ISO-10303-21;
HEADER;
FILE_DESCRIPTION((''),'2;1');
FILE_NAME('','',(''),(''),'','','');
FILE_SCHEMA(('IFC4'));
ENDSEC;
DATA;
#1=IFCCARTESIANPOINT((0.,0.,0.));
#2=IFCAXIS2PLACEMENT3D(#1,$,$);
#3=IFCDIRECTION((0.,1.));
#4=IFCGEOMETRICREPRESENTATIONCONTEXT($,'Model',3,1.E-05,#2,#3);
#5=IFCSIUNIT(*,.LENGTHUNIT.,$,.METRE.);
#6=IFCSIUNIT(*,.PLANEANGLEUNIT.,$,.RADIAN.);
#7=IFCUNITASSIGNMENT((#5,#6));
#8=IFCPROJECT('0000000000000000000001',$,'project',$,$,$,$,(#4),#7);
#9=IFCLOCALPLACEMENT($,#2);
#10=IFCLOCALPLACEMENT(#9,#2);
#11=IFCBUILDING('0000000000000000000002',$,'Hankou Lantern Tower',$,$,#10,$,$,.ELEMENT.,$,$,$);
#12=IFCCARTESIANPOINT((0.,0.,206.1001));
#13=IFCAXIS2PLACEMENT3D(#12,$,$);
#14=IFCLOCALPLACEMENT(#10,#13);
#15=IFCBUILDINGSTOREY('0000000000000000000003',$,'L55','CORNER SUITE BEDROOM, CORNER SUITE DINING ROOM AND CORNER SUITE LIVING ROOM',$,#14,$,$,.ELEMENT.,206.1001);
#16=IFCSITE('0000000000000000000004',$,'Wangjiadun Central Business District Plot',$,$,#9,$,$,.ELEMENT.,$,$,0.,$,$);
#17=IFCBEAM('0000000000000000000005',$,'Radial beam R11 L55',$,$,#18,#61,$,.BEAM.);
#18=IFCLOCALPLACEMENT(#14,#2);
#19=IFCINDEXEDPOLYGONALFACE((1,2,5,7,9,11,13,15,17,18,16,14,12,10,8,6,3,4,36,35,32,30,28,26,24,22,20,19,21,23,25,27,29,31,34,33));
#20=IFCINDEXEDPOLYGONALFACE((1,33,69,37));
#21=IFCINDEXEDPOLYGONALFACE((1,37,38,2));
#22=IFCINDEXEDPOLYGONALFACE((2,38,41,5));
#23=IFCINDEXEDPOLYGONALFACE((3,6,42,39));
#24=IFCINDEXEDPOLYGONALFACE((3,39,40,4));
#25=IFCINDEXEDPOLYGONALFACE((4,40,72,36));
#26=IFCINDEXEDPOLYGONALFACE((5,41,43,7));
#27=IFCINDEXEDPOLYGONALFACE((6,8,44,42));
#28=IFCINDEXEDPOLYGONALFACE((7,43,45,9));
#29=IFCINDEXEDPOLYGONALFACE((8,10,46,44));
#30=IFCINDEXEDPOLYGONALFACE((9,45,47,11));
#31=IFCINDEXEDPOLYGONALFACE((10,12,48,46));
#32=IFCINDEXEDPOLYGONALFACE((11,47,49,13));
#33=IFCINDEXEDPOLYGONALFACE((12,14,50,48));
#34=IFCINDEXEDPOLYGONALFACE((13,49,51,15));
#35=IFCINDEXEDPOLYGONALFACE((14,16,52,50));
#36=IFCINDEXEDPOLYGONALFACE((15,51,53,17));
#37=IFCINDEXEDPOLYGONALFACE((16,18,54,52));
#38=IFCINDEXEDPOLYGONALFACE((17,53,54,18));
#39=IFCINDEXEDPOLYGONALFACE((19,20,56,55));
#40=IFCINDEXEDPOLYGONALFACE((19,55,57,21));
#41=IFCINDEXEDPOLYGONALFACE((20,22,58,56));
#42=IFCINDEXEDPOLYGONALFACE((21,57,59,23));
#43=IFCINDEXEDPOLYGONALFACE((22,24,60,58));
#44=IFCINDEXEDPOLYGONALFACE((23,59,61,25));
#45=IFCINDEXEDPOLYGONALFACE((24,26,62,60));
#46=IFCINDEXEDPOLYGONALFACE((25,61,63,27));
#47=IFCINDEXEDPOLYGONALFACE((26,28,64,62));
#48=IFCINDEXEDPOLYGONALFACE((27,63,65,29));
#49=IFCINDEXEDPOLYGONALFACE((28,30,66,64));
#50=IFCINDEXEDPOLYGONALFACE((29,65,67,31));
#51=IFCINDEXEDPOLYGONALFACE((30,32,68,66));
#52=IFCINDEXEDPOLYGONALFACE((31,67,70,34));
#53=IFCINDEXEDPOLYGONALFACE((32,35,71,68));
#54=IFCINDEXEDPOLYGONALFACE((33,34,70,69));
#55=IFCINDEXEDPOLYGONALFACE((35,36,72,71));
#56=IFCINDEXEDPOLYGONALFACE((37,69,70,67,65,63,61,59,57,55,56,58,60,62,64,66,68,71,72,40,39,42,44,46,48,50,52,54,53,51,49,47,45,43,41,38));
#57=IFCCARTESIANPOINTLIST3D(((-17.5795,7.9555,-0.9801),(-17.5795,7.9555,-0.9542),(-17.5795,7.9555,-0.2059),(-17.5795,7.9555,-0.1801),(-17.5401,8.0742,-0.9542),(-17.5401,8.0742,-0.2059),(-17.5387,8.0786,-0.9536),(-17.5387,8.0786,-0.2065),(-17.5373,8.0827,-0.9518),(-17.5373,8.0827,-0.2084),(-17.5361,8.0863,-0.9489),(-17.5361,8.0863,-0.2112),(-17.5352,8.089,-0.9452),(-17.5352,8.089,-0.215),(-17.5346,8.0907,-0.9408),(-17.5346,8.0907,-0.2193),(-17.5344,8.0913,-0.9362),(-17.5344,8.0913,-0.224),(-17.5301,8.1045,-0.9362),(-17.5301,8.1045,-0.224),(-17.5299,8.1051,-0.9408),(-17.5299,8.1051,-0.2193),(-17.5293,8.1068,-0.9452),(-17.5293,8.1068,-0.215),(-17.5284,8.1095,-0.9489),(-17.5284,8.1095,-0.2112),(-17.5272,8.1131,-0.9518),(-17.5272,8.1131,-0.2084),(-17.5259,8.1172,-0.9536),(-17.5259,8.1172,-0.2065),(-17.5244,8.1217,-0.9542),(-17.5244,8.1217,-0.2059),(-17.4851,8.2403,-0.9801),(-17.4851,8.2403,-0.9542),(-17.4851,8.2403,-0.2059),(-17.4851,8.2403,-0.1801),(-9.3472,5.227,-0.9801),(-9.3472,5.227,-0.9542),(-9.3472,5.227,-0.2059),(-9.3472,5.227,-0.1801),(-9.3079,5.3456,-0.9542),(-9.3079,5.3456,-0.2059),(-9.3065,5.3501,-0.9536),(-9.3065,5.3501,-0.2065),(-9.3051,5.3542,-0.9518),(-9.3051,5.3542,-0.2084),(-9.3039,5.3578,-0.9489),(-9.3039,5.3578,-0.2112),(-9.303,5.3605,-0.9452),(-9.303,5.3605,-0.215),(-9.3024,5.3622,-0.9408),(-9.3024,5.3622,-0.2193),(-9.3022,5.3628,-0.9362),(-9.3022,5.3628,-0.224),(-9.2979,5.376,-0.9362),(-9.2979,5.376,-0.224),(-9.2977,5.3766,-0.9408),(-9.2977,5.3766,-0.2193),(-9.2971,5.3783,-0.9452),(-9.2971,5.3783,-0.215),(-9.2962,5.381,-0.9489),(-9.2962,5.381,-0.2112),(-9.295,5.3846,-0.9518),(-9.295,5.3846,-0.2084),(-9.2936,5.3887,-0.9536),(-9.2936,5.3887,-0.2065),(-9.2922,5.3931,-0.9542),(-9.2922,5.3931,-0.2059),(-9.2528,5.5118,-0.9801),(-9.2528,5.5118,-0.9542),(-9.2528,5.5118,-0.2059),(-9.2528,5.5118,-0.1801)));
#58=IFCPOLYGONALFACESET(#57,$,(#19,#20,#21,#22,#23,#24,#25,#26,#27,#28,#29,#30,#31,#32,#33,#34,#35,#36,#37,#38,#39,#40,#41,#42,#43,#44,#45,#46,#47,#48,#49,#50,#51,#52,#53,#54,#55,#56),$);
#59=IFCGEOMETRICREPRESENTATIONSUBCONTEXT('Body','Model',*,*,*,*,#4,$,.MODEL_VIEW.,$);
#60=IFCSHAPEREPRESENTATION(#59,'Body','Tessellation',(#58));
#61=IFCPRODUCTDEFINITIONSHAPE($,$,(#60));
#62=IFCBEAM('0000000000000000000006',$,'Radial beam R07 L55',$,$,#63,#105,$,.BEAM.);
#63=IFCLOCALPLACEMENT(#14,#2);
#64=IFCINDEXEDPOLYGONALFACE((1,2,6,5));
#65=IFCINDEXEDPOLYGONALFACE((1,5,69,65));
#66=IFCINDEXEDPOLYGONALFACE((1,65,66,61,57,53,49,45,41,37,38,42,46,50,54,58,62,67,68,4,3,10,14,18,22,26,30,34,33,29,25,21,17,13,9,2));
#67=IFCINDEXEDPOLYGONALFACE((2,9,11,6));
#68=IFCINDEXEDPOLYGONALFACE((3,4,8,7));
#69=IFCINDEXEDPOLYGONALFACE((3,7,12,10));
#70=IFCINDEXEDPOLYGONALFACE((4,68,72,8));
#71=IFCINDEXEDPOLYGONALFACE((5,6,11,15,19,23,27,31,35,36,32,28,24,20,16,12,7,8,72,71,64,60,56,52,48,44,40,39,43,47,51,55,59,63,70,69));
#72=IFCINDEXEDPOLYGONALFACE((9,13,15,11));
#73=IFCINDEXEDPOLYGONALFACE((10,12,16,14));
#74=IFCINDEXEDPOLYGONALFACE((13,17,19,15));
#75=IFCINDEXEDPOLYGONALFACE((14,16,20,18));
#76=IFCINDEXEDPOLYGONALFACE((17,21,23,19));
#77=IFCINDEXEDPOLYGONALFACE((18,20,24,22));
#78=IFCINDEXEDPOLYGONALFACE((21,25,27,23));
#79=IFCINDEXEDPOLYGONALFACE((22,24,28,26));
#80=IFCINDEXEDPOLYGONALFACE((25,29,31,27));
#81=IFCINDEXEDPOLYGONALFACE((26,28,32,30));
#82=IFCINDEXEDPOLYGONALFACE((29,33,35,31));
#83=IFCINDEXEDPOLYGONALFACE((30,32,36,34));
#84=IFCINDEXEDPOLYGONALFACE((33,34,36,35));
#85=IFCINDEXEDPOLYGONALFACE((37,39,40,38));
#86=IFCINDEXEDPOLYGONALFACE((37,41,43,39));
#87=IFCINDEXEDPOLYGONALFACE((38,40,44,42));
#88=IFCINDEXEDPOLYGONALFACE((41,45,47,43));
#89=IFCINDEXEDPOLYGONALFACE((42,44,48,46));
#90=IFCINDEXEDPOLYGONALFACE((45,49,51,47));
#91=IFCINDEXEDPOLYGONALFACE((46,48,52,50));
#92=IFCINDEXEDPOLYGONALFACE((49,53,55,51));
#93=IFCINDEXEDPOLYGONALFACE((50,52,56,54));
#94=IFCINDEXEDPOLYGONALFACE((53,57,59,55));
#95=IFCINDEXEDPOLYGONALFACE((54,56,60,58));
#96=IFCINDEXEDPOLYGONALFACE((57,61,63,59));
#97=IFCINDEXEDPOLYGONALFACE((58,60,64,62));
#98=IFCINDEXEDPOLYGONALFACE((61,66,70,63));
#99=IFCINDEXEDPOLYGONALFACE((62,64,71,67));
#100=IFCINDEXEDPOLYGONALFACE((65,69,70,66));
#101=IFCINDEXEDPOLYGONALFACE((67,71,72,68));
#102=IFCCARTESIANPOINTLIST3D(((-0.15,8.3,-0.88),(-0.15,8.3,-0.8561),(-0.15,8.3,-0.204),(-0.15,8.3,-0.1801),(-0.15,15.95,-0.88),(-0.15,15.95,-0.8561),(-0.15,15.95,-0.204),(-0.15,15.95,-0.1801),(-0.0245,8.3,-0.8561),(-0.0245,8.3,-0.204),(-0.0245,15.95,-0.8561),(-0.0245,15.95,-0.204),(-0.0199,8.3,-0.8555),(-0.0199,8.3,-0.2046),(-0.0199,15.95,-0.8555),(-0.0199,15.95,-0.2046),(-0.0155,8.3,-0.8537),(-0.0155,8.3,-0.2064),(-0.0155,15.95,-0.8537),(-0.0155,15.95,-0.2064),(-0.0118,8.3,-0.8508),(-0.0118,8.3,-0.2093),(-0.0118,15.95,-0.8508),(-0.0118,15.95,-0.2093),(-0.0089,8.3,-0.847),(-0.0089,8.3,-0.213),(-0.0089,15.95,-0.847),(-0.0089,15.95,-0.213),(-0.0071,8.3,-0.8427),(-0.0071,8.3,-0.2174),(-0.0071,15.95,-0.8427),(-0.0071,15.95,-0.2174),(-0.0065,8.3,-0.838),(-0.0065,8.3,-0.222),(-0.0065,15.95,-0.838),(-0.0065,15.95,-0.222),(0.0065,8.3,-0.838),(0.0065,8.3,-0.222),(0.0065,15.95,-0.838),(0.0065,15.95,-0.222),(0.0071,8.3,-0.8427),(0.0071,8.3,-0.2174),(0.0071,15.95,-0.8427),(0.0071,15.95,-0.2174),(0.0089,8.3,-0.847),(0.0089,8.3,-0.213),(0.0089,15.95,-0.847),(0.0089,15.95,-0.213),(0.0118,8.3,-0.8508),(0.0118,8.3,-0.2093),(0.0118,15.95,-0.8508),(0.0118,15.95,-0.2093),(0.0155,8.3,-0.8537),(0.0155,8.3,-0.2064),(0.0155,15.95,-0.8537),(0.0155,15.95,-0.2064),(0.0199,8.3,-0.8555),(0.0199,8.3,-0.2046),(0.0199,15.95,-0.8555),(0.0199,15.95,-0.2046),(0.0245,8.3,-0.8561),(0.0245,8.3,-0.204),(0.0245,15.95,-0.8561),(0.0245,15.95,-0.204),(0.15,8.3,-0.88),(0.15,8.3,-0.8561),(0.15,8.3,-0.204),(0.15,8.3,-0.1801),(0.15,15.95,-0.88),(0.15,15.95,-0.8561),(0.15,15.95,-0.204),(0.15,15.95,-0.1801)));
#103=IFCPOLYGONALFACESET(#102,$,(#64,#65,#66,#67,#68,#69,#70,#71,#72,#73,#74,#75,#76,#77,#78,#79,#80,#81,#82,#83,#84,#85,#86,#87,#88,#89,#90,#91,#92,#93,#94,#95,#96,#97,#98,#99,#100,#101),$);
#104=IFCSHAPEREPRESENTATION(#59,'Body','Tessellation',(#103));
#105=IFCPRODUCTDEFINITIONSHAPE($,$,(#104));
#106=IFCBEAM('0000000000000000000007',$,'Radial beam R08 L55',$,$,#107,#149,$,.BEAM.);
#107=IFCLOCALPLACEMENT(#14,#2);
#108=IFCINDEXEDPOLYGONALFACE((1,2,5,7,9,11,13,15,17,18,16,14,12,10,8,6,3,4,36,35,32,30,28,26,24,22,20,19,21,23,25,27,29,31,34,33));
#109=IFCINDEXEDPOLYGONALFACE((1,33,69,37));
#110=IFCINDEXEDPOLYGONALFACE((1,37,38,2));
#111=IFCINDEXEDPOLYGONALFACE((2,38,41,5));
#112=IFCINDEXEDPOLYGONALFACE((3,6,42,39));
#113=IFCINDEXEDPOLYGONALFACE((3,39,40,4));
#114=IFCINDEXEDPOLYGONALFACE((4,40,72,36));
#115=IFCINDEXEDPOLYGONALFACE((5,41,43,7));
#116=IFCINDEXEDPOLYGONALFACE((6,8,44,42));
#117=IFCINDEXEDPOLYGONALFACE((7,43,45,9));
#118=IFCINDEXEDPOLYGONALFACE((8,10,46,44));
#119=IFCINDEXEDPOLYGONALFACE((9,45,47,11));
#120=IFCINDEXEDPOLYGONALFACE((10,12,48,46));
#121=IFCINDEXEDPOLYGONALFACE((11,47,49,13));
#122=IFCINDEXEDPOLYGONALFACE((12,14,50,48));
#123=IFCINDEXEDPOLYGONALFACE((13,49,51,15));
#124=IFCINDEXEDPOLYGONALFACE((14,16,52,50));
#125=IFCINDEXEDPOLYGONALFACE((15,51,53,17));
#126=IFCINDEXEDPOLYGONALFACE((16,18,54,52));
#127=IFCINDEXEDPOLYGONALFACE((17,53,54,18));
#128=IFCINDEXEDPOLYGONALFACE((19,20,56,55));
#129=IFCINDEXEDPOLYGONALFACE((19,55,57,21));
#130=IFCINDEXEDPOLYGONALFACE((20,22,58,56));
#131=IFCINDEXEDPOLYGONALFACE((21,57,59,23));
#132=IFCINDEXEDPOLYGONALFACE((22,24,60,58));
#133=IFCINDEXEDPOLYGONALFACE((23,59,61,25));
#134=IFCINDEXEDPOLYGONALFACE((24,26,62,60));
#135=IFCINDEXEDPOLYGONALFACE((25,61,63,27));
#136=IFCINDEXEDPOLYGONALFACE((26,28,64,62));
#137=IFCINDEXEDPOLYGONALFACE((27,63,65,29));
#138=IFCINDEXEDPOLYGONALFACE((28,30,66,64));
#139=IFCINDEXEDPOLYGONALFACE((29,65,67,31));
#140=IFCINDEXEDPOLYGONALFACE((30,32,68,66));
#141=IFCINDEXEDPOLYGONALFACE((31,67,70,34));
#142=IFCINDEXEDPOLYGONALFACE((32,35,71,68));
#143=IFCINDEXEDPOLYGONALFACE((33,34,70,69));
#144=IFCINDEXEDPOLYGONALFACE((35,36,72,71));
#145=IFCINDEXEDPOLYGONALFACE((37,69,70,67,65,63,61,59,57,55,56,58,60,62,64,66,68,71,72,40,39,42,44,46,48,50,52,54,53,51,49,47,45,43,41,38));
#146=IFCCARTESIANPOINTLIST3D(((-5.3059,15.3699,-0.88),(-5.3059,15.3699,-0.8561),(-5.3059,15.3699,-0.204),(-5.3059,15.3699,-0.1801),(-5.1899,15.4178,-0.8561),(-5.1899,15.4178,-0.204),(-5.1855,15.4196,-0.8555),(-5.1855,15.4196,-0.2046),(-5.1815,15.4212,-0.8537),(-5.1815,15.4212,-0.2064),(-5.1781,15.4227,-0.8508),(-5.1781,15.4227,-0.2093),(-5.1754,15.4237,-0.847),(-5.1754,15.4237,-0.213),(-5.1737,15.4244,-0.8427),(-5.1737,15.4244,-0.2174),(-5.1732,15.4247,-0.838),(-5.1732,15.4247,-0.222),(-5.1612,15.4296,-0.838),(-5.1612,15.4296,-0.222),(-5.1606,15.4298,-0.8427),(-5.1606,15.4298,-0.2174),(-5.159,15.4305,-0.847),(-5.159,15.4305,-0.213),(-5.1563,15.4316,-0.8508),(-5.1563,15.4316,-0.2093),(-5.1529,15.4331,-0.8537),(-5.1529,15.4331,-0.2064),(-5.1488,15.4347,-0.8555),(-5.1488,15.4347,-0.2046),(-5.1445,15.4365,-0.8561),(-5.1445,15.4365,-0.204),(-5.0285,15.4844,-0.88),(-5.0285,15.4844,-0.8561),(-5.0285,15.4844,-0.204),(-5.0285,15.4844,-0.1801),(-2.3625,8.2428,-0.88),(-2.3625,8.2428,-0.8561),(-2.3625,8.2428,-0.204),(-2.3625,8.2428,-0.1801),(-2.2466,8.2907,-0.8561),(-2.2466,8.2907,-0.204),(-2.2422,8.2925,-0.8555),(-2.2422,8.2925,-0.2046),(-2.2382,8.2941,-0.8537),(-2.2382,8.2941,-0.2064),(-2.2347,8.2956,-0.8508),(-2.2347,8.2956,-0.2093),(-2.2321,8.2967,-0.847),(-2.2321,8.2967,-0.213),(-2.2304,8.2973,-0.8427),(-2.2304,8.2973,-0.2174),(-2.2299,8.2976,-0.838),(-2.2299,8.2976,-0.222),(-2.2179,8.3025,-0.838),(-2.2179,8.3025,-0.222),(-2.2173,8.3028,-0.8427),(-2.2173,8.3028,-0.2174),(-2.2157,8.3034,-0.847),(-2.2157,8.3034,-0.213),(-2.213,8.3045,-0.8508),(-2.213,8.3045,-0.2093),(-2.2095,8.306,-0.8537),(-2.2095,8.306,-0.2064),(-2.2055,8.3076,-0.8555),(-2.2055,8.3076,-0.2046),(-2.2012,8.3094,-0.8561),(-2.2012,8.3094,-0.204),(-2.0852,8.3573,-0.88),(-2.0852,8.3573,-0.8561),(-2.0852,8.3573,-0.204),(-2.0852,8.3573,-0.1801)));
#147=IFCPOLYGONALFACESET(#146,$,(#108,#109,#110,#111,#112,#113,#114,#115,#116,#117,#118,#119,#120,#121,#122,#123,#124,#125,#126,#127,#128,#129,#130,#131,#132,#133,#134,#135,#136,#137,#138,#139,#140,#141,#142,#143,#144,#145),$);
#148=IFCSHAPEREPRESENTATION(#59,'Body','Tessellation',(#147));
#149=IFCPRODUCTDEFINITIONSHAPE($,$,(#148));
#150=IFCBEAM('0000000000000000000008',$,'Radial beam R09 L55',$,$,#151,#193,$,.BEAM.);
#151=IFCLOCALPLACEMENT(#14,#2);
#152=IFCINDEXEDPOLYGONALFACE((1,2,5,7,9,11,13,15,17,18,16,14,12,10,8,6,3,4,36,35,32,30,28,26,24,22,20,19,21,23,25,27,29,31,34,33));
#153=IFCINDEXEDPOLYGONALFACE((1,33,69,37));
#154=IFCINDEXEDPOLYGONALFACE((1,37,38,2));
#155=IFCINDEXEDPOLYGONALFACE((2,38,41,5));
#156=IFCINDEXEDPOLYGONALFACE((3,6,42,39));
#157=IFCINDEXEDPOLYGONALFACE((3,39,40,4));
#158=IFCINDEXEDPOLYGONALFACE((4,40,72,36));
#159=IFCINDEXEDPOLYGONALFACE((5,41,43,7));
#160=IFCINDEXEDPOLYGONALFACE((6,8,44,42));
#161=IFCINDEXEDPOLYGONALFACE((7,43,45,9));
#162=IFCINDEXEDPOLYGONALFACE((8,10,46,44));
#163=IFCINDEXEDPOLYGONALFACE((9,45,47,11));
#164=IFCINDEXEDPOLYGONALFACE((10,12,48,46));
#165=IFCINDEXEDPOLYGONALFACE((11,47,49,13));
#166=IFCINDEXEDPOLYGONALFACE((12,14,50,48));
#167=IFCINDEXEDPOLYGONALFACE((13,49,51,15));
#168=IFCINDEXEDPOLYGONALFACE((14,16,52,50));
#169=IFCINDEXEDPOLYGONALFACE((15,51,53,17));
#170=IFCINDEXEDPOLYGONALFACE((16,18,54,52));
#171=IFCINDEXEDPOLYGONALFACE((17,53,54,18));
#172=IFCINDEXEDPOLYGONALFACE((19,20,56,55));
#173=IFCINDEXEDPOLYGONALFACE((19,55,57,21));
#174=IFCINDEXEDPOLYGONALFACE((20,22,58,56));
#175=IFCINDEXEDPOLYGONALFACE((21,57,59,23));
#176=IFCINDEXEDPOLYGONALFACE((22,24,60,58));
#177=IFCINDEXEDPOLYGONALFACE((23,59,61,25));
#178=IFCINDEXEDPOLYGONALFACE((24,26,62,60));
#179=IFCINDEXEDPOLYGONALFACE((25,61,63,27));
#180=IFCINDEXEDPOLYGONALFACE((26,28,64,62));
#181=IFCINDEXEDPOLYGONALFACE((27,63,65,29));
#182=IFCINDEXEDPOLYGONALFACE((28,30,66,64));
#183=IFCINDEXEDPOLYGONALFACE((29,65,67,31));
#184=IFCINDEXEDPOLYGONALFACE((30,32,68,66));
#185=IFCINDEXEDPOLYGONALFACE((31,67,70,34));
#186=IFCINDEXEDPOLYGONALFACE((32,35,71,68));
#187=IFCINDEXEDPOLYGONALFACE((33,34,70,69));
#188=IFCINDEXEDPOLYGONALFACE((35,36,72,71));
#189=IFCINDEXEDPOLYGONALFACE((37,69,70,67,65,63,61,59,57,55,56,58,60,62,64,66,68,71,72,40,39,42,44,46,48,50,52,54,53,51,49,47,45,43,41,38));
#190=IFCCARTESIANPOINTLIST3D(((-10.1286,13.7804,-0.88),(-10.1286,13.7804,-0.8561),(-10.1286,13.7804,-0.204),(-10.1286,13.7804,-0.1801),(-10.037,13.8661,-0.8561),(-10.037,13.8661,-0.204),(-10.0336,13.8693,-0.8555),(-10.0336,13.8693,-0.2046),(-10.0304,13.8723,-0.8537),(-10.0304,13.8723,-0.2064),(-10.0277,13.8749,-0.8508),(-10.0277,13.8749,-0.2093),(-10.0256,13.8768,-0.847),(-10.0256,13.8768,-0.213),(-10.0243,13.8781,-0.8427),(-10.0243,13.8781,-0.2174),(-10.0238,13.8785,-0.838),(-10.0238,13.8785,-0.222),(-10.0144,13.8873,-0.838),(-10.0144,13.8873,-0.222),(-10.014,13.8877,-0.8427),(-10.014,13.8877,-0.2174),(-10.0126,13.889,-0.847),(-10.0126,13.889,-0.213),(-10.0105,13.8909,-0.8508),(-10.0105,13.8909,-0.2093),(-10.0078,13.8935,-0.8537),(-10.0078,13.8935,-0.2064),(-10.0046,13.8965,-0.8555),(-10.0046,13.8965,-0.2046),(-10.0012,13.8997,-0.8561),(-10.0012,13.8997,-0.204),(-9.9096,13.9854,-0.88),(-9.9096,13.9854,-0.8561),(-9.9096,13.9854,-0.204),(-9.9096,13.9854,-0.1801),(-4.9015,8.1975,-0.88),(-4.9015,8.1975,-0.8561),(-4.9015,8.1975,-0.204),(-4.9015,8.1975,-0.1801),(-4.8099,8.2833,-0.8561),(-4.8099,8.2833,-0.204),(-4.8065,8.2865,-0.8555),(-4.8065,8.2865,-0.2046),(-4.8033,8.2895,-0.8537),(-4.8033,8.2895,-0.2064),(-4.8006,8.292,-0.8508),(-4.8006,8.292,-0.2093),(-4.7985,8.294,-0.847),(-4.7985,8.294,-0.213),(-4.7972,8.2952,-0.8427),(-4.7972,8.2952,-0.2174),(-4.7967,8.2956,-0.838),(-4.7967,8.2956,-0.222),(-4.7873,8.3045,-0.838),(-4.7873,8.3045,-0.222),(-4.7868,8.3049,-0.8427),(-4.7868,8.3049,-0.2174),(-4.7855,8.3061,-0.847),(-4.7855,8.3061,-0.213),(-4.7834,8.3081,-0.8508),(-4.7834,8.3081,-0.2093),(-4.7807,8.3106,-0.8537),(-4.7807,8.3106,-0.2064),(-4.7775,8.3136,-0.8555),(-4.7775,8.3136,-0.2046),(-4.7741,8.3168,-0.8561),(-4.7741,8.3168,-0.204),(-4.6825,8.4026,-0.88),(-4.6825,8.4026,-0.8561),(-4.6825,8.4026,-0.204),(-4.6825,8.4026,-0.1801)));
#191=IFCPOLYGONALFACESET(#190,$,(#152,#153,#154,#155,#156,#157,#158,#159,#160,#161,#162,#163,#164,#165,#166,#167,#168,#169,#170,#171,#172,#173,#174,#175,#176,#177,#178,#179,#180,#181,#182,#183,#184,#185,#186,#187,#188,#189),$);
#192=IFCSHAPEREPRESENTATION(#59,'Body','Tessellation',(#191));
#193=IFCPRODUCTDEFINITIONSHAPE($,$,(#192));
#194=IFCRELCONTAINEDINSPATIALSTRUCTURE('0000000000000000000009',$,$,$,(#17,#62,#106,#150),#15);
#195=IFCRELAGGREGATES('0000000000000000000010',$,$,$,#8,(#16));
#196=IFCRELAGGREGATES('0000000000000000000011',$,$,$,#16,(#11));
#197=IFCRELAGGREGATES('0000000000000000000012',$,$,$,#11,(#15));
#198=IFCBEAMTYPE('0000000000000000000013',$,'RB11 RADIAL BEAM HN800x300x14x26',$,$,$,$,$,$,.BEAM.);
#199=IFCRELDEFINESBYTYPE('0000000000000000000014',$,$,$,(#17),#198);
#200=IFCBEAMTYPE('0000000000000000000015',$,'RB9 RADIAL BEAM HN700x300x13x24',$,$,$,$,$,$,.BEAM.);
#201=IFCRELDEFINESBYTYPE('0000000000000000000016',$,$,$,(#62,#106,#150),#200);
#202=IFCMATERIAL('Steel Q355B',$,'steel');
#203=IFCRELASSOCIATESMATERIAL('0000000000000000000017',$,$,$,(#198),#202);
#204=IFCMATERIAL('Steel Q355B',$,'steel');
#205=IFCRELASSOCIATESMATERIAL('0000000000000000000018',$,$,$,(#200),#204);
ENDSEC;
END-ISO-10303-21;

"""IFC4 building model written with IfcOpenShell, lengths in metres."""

from ifc_helpers import new_model, si_unit, direction, frame, origin, origin_2d, place, context, subcontext, project, spatial, i_section, extrude, material, material_profile, profile_set, type_object, element, save


model = new_model("IFC4")

# Units and contexts
model_context = context("Model", 3, precision=1e-05, world=origin(), true_north=direction((0.0, 1.0)))
body_context = subcontext(model_context, "Body", "Model", "MODEL_VIEW")
ifc_project = project(units=[si_unit("LENGTHUNIT", "METRE"), si_unit("PLANEANGLEUNIT", "RADIAN")], contexts=[model_context])

# Site, building, storey
site_placement = place(None, origin())
site = spatial("IfcSite", under=ifc_project, at=site_placement, Name="Wangjiadun Central Business District Plot", CompositionType="ELEMENT", RefElevation=0.0)
building_placement = place(site_placement, origin())
building = spatial("IfcBuilding", under=site, at=building_placement, Name="Hankou Lantern Tower", CompositionType="ELEMENT")
storey_placement = place(building_placement, frame((0.0, 0.0, 206.1001)))
storey = spatial("IfcBuildingStorey", under=building, at=storey_placement, Name="L55", Description="CORNER SUITE BEDROOM, CORNER SUITE DINING ROOM AND CORNER SUITE LIVING ROOM", CompositionType="ELEMENT", Elevation=206.1001)

# Beams
ifc_material_1 = material(Name="Steel Q355B", Category="steel")
ifc_material_profile_1 = material_profile(ifc_material_1, i_section(OverallWidth=0.3, OverallDepth=0.8, WebThickness=0.0139, FlangeThickness=0.0259, FilletRadius=0.0181, at=origin_2d()), Name="HN800x300x14x26")
ifc_profile_set_1 = profile_set([ifc_material_profile_1], Name="Steel Q355B")
beam_type_1 = type_object("IfcBeamType", Name="RB11 RADIAL BEAM HN800x300x14x26", PredefinedType="BEAM", material=ifc_profile_set_1)
beam_1_placement = place(storey_placement, frame((-9.3, 5.3694, -0.5801), z_axis=(-0.94922, 0.314614, 0.0), x_axis=(-0.314614, -0.94922, 0.0)))
element("IfcBeam", 1, at=beam_1_placement, inside=storey, type_object=beam_type_1, Name="Radial beam R11 L55", PredefinedType="BEAM", context=body_context, shape_type="SweptSolid", body=[
    extrude(i_section(OverallWidth=0.3, OverallDepth=0.8, WebThickness=0.0139, FlangeThickness=0.0259, FilletRadius=0.0181, at=origin_2d()), origin(), (0.0, 0.0, 1.0), 8.6726),
])
ifc_material_2 = material(Name="Steel Q355B", Category="steel")
ifc_material_profile_2 = material_profile(ifc_material_2, i_section(OverallWidth=0.3, OverallDepth=0.7, WebThickness=0.0129, FlangeThickness=0.0239, FilletRadius=0.0181, at=origin_2d()), Name="HN700x300x13x24")
ifc_profile_set_2 = profile_set([ifc_material_profile_2], Name="Steel Q355B")
beam_type_2 = type_object("IfcBeamType", Name="RB9 RADIAL BEAM HN700x300x13x24", PredefinedType="BEAM", material=ifc_profile_set_2)
beam_2_placement = place(storey_placement, frame((0.0, 8.3, -0.53), z_axis=(0.0, 1.0, 0.0), x_axis=(-1.0, 0.0, 0.0)))
element("IfcBeam", 2, at=beam_2_placement, inside=storey, type_object=beam_type_2, Name="Radial beam R07 L55", PredefinedType="BEAM", context=body_context, shape_type="SweptSolid", body=[
    extrude(i_section(OverallWidth=0.3, OverallDepth=0.7, WebThickness=0.0129, FlangeThickness=0.0239, FilletRadius=0.0181, at=origin_2d()), origin(), (0.0, 0.0, 1.0), 7.6499),
])
beam_3_placement = place(storey_placement, frame((-2.2239, 8.3, -0.53), z_axis=(-0.381707, 0.924284, 0.0), x_axis=(-0.924284, -0.381707, 0.0)))
element("IfcBeam", 3, at=beam_3_placement, inside=storey, type_object=beam_type_2, Name="Radial beam R08 L55", PredefinedType="BEAM", context=body_context, shape_type="SweptSolid", body=[
    extrude(i_section(OverallWidth=0.3, OverallDepth=0.7, WebThickness=0.0129, FlangeThickness=0.0239, FilletRadius=0.0181, at=origin_2d()), origin(), (0.0, 0.0, 1.0), 7.7109),
])
beam_4_placement = place(storey_placement, frame((-4.792, 8.3, -0.53), z_axis=(-0.683468, 0.72998, 0.0), x_axis=(-0.72998, -0.683468, 0.0)))
element("IfcBeam", 4, at=beam_4_placement, inside=storey, type_object=beam_type_2, Name="Radial beam R09 L55", PredefinedType="BEAM", context=body_context, shape_type="SweptSolid", body=[
    extrude(i_section(OverallWidth=0.3, OverallDepth=0.7, WebThickness=0.0129, FlangeThickness=0.0239, FilletRadius=0.0181, at=origin_2d()), origin(), (0.0, 0.0, 1.0), 7.6479),
])

save(model, "model.ifc")
